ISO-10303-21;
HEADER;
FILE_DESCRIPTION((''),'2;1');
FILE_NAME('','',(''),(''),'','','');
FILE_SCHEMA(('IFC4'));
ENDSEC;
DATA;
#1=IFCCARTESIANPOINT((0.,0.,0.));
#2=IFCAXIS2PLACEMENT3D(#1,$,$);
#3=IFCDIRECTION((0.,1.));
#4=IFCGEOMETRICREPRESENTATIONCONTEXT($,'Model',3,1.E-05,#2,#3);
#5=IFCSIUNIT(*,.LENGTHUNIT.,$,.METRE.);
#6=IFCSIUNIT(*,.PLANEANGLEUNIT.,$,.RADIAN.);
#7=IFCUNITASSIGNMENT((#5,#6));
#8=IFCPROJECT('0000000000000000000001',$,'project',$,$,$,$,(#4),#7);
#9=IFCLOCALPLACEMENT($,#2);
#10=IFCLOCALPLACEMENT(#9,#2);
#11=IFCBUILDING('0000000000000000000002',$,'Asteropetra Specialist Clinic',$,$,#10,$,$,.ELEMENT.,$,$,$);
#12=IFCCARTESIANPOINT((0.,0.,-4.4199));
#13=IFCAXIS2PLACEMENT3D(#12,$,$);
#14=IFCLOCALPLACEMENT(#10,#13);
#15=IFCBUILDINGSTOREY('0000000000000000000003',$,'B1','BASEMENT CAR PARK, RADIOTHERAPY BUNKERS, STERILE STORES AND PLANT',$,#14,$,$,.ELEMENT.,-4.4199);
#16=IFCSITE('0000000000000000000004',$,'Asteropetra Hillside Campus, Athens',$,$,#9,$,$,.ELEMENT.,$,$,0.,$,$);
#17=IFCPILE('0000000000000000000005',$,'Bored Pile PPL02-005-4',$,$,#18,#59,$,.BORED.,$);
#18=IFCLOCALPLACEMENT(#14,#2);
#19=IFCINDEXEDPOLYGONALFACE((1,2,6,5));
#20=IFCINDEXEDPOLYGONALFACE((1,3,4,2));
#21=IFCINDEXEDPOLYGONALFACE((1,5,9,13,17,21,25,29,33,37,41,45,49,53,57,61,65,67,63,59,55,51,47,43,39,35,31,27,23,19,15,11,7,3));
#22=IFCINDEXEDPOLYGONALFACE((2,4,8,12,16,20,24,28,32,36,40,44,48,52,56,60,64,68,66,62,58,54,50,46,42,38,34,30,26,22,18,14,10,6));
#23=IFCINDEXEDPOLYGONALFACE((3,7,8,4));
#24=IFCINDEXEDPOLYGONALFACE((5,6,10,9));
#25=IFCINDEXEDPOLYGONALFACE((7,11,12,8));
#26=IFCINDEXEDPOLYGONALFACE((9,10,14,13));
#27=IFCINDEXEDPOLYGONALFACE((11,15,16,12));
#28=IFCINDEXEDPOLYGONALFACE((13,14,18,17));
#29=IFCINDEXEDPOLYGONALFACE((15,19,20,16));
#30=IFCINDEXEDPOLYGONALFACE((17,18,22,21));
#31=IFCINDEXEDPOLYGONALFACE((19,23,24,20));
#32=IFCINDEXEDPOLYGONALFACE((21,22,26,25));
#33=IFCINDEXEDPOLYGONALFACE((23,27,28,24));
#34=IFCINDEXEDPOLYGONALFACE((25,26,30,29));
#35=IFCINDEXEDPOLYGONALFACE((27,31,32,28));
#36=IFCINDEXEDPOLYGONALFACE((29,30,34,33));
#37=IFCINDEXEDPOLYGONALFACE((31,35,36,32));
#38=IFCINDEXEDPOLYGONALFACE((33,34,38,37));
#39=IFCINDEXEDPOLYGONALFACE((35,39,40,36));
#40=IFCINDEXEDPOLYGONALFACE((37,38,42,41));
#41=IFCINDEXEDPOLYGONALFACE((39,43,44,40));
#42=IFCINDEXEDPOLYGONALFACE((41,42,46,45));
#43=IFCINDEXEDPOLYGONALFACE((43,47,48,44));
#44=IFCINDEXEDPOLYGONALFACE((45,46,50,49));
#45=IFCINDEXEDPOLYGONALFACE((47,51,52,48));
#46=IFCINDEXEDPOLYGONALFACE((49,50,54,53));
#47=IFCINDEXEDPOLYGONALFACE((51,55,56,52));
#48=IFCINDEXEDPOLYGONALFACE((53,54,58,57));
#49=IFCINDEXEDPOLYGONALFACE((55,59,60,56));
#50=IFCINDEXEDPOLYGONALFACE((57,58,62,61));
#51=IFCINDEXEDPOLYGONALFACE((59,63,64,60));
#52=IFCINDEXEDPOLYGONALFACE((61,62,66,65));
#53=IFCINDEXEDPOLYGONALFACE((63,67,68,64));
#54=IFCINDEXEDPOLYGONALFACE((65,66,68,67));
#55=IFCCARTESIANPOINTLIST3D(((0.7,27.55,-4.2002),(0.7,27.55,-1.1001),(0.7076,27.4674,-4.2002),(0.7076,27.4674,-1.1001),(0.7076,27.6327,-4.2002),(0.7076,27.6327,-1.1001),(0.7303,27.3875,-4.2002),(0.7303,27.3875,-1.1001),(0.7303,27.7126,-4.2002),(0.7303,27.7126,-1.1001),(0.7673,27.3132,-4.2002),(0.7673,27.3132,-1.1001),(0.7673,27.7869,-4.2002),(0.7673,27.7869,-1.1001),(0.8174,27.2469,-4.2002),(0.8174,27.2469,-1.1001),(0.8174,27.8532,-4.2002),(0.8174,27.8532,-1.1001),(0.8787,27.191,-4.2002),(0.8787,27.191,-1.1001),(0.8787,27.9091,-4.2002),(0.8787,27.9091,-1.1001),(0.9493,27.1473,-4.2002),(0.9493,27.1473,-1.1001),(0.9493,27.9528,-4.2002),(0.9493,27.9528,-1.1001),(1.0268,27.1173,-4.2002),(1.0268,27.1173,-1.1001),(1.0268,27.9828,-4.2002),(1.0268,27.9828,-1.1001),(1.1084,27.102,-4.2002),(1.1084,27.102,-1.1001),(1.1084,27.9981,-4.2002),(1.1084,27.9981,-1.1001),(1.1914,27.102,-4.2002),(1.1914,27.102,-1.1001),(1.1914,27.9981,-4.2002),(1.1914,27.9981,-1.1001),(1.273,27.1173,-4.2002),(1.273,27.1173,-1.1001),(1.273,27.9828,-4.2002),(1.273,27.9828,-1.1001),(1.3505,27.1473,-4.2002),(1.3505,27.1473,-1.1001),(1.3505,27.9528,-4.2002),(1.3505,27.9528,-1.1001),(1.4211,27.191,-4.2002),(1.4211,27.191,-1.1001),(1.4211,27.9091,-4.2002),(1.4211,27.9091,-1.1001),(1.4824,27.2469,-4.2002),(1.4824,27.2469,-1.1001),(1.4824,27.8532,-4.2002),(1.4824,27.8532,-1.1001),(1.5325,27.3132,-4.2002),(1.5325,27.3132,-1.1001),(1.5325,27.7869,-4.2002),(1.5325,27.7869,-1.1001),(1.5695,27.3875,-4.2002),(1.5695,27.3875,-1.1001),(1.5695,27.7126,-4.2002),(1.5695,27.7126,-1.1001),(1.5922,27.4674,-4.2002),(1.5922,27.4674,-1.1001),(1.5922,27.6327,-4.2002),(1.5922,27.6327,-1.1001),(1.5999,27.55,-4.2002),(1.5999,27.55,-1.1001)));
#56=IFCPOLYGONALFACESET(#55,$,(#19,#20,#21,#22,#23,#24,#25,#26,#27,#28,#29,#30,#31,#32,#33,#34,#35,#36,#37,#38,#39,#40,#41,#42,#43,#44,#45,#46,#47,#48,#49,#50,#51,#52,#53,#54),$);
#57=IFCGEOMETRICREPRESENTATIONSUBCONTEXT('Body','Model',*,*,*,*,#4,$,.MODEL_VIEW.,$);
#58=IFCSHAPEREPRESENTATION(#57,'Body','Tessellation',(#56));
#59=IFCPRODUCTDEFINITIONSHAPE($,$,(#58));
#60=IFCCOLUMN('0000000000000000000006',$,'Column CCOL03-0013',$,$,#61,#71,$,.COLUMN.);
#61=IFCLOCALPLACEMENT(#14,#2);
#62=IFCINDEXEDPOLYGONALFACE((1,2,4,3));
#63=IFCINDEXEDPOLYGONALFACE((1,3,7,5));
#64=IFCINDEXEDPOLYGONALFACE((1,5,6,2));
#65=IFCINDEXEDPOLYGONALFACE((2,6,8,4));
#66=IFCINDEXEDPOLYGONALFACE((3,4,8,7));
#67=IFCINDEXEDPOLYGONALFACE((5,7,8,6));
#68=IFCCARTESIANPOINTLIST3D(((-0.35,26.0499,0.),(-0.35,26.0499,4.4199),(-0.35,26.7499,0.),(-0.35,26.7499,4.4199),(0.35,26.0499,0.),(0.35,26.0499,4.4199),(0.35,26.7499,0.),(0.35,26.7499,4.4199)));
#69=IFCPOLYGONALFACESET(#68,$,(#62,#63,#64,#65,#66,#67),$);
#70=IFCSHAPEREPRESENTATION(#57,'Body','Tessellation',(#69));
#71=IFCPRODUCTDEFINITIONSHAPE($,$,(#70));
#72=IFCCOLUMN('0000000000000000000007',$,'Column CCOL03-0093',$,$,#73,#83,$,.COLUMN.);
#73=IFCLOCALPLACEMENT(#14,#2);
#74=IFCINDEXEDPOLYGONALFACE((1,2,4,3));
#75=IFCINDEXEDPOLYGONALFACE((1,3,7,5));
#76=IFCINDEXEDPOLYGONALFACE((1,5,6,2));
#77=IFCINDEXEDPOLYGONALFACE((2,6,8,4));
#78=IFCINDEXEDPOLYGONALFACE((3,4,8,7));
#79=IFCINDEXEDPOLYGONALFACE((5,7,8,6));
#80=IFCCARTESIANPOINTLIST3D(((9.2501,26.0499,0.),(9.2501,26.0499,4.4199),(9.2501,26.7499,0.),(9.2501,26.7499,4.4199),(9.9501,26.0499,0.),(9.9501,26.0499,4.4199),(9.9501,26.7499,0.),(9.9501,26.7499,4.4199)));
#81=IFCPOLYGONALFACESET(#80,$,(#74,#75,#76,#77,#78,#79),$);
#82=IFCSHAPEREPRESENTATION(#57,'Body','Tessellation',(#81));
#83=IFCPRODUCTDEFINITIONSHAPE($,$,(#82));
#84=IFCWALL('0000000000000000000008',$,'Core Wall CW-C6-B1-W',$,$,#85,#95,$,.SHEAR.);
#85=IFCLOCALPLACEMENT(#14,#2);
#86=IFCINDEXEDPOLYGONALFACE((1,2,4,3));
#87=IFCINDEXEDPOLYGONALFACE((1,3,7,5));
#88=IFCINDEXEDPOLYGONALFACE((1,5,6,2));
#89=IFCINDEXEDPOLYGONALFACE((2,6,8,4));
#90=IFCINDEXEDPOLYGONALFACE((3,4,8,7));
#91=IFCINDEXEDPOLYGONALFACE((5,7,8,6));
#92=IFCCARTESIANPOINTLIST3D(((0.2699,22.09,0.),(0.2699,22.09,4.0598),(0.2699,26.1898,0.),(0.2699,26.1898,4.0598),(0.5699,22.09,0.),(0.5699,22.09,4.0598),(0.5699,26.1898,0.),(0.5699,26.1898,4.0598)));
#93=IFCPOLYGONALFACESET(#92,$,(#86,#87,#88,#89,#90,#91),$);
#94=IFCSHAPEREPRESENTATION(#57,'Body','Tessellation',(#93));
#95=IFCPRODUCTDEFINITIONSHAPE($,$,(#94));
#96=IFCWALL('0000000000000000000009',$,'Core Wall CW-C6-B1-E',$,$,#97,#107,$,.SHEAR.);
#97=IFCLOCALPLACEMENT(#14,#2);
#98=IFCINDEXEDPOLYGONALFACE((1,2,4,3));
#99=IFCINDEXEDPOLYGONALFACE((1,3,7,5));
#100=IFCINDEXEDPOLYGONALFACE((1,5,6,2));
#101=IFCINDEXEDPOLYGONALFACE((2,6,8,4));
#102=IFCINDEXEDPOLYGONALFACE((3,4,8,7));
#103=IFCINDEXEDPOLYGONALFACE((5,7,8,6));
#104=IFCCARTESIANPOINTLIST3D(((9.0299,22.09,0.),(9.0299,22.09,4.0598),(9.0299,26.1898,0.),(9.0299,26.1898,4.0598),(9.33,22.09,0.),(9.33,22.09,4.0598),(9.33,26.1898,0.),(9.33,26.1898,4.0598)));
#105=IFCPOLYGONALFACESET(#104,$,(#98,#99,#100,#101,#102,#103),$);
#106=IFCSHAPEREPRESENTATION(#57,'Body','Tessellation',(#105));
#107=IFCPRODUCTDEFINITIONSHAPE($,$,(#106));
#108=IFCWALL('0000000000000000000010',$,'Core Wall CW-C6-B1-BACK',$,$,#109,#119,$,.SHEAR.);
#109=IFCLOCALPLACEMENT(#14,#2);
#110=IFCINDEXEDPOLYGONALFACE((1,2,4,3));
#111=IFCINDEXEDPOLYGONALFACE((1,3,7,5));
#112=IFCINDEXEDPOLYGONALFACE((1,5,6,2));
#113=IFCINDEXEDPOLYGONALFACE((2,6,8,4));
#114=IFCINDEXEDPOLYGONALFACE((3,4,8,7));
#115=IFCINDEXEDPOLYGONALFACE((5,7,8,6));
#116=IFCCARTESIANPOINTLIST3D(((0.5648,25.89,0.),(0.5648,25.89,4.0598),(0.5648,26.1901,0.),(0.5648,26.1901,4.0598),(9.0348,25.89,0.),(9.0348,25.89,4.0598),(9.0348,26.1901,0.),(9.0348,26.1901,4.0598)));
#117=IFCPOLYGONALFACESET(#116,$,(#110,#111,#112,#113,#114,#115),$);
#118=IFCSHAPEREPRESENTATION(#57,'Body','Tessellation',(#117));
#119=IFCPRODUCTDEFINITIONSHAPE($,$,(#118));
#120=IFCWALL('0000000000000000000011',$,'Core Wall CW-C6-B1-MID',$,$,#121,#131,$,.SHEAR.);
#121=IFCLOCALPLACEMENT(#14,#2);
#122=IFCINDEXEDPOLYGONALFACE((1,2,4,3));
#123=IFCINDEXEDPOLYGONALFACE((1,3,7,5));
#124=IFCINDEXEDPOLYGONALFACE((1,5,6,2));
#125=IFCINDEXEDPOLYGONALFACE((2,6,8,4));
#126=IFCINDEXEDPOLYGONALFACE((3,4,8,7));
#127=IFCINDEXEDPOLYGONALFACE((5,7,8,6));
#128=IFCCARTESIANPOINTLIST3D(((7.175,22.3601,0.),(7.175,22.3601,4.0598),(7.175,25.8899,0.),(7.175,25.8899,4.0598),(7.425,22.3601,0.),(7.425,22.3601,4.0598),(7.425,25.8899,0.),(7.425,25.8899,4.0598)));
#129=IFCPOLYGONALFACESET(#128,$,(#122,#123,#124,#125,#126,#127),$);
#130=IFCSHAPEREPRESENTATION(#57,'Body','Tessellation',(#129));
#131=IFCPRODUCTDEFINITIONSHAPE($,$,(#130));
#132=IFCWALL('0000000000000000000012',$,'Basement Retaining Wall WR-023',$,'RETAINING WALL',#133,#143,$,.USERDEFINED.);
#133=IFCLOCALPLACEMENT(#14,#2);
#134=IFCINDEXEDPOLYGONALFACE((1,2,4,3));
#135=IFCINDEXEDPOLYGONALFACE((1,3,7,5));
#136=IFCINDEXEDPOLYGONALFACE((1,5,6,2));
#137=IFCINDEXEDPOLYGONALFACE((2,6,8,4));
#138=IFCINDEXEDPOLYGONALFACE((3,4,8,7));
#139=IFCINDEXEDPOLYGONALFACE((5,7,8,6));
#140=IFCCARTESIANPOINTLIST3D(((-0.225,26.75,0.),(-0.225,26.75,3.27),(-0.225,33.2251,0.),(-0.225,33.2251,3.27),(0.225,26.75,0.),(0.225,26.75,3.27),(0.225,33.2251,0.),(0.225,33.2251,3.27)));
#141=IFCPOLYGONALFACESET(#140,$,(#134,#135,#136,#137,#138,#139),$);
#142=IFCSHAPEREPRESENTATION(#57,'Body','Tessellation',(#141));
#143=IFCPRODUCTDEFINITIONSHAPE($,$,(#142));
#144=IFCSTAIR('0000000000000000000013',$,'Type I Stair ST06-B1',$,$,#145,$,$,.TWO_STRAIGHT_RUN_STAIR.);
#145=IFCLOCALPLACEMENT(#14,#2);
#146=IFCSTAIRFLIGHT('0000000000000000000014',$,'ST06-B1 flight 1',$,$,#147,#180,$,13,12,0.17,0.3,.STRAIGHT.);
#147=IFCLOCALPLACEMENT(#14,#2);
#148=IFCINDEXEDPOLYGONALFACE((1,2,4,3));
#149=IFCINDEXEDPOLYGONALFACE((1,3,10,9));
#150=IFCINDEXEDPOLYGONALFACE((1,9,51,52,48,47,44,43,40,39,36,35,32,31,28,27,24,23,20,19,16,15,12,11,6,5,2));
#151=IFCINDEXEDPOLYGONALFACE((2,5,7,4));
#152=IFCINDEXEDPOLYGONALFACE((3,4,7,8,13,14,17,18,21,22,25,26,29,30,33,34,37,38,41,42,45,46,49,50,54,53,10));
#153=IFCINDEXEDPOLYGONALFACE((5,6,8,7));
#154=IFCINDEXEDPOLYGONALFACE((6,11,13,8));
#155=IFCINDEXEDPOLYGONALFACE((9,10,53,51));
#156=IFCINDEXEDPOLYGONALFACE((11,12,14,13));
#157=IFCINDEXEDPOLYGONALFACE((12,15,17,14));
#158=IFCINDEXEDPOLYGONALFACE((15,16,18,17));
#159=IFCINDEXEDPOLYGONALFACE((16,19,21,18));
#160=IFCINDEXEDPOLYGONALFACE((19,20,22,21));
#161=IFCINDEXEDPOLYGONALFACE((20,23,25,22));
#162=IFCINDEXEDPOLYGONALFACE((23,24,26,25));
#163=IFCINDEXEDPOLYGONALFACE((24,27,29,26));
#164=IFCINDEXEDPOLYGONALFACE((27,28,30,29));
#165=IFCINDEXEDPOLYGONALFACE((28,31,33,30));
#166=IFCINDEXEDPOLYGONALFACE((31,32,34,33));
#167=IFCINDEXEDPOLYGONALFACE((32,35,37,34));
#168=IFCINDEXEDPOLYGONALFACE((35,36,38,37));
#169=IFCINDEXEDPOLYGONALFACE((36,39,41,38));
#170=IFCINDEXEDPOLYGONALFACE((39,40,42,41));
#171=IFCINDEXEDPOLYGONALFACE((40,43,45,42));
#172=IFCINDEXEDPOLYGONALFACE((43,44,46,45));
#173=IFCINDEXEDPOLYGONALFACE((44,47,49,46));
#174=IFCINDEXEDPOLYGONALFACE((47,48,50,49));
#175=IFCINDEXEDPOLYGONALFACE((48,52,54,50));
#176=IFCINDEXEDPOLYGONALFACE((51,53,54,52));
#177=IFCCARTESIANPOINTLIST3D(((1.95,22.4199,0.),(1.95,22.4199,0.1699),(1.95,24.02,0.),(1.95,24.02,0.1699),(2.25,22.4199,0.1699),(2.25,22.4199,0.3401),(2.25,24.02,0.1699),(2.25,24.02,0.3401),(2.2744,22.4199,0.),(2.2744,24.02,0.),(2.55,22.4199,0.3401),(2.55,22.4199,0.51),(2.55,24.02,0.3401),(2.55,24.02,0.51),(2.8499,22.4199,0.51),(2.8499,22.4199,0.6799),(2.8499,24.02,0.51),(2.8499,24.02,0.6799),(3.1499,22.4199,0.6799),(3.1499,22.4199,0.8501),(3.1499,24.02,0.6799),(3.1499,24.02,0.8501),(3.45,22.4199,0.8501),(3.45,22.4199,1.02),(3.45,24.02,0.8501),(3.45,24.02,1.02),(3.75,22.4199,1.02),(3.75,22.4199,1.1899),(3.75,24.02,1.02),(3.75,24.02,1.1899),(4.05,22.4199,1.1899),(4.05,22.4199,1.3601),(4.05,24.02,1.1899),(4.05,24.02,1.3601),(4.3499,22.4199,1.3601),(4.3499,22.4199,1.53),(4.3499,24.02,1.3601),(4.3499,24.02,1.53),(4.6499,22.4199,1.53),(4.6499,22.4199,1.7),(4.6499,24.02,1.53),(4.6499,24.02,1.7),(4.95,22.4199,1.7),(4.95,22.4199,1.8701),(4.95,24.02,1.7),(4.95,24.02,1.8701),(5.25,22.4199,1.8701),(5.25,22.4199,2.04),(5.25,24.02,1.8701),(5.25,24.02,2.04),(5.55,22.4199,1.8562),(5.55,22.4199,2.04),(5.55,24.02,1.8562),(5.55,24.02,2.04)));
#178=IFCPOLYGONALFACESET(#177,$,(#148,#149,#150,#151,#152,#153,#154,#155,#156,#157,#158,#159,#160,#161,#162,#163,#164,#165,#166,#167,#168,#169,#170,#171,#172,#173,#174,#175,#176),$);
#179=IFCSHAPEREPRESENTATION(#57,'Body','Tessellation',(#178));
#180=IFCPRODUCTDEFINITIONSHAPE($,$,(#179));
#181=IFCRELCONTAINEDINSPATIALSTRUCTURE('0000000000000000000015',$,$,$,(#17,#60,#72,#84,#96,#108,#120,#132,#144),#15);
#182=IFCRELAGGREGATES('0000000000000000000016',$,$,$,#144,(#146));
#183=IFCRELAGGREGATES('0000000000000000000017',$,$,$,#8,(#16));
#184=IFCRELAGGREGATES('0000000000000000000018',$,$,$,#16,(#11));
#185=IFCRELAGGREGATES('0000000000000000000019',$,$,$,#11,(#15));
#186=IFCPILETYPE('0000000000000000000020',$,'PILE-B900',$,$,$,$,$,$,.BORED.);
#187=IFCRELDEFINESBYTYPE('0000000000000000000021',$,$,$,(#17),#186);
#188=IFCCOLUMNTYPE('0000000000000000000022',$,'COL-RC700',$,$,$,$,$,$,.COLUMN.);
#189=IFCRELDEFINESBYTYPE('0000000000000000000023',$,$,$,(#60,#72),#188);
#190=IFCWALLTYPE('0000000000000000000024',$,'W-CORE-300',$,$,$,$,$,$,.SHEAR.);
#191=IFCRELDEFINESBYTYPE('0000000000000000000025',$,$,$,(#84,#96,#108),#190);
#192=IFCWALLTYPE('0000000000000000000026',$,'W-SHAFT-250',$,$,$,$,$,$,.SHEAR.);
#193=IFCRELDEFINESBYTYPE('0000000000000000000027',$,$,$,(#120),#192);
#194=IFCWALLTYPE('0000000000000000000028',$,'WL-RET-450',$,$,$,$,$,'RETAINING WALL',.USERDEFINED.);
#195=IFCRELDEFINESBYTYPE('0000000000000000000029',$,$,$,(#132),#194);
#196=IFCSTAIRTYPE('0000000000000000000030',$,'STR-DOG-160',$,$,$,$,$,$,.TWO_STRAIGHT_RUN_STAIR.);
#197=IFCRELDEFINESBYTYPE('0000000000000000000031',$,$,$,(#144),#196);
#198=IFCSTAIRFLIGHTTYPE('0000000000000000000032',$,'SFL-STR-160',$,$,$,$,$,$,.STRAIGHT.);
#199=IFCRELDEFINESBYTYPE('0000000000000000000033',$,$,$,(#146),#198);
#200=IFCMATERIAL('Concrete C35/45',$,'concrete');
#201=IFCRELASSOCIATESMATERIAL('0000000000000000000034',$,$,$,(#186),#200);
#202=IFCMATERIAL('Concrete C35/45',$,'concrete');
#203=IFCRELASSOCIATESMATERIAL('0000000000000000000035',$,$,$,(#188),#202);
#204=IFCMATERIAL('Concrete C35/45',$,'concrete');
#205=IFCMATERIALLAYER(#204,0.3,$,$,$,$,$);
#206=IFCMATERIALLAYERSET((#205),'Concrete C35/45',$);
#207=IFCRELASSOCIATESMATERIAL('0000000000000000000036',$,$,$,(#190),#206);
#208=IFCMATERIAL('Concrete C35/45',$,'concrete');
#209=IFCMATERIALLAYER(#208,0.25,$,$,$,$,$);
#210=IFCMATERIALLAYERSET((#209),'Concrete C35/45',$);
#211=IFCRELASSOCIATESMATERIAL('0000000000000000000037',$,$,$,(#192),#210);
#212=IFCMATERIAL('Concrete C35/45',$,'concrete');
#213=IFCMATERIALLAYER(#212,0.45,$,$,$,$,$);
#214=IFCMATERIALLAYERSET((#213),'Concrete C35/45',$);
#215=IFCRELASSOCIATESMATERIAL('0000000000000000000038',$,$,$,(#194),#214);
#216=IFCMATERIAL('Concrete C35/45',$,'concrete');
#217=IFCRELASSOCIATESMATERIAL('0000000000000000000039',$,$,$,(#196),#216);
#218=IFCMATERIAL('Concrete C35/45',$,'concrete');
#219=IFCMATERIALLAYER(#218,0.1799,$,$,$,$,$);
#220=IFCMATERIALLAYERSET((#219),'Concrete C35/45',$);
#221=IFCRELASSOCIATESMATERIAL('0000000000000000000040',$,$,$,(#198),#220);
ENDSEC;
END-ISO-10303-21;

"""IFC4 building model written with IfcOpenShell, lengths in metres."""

from ifc_helpers import new_model, si_unit, direction, frame, frame_2d, origin, origin_2d, place, context, subcontext, project, spatial, polyline, rectangle, circle, outline, extrude, material, layer, layer_set, material_profile, profile_set, type_object, element, aggregate, save


model = new_model("IFC4")

# Units and contexts
model_context = context("Model", 3, precision=1e-05, world=origin(), true_north=direction((0.0, 1.0)))
body_context = subcontext(model_context, "Body", "Model", "MODEL_VIEW")
ifc_project = project(units=[si_unit("LENGTHUNIT", "METRE"), si_unit("PLANEANGLEUNIT", "RADIAN")], contexts=[model_context])

# Site, building, storey
site_placement = place(None, origin())
site = spatial("IfcSite", under=ifc_project, at=site_placement, Name="Asteropetra Hillside Campus, Athens", CompositionType="ELEMENT", RefElevation=0.0)
building_placement = place(site_placement, origin())
building = spatial("IfcBuilding", under=site, at=building_placement, Name="Asteropetra Specialist Clinic", CompositionType="ELEMENT")
storey_placement = place(building_placement, frame((0.0, 0.0, -4.4199)))
storey = spatial("IfcBuildingStorey", under=building, at=storey_placement, Name="B1", Description="BASEMENT CAR PARK, RADIOTHERAPY BUNKERS, STERILE STORES AND PLANT", CompositionType="ELEMENT", Elevation=-4.4199)

# Pile
ifc_material_1 = material(Name="Concrete C35/45", Category="concrete")
ifc_material_profile_1 = material_profile(ifc_material_1, circle(Radius=0.45, at=origin_2d()), Name="PILE D900")
ifc_profile_set_1 = profile_set([ifc_material_profile_1], Name="Concrete C35/45")
pile_type = type_object("IfcPileType", Name="PILE-B900", PredefinedType="BORED", material=ifc_profile_set_1)
for number, where, z_axis, x_axis, name in (
    (1, (1.1499, 27.55, -1.1001), (0.0, 0.0, -1.0), (1.0, 0.0, 0.0), "Bored Pile PPL02-005-4"),
):
    element("IfcPile", number, at=place(storey_placement, frame(where, z_axis=z_axis, x_axis=x_axis)), inside=storey, type_object=pile_type, Name=name, PredefinedType="BORED", context=body_context, shape_type="SweptSolid", body=[
        extrude(circle(Radius=0.45, at=origin_2d()), origin(), (0.0, 0.0, 1.0), 3.1001),
    ])

# Columns
ifc_material_2 = material(Name="Concrete C35/45", Category="concrete")
ifc_material_profile_2 = material_profile(ifc_material_2, rectangle(XDim=0.7, YDim=0.7, at=origin_2d()), Name="RC 700x700")
ifc_profile_set_2 = profile_set([ifc_material_profile_2], Name="Concrete C35/45")
column_type = type_object("IfcColumnType", Name="COL-RC700", PredefinedType="COLUMN", material=ifc_profile_set_2)
for number, where, z_axis, x_axis, name in (
    (2, (0.0, 26.3999, 0.0), (0.0, 0.0, 1.0), (1.0, 0.0, 0.0), "Column CCOL03-0013"),
    (3, (9.6001, 26.3999, 0.0), (0.0, 0.0, 1.0), (1.0, 0.0, 0.0), "Column CCOL03-0093"),
):
    element("IfcColumn", number, at=place(storey_placement, frame(where, z_axis=z_axis, x_axis=x_axis)), inside=storey, type_object=column_type, Name=name, PredefinedType="COLUMN", context=body_context, shape_type="SweptSolid", body=[
        extrude(rectangle(XDim=0.7, YDim=0.7, at=origin_2d()), origin(), (0.0, 0.0, 1.0), 4.4199),
    ])

# Walls
ifc_material_3 = material(Name="Concrete C35/45", Category="concrete")
ifc_layer_1 = layer(ifc_material_3, 0.3)
ifc_layer_set_1 = layer_set([ifc_layer_1], Name="Concrete C35/45")
wall_type_1 = type_object("IfcWallType", Name="W-CORE-300", PredefinedType="SHEAR", material=ifc_layer_set_1)
for number, where, z_axis, x_axis, name in (
    (4, (0.4199, 22.0901, 0.0), (0.0, 0.0, 1.0), (0.0, 1.0, 0.0), "Core Wall CW-C6-B1-W"),
    (5, (9.1799, 22.0901, 0.0), (0.0, 0.0, 1.0), (0.0, 1.0, 0.0), "Core Wall CW-C6-B1-E"),
):
    element("IfcWall", number, at=place(storey_placement, frame(where, z_axis=z_axis, x_axis=x_axis)), inside=storey, type_object=wall_type_1, Name=name, PredefinedType="SHEAR", context=body_context, shape_type="SweptSolid", body=[
        extrude(rectangle(XDim=4.0999, YDim=0.3, at=frame_2d((2.0498, 0.0))), origin(), (0.0, 0.0, 1.0), 4.0598),
    ])
wall_1_placement = place(storey_placement, frame((0.5649, 26.04, 0.0), z_axis=(0.0, 0.0, 1.0), x_axis=(1.0, 0.0, 0.0)))
element("IfcWall", 6, at=wall_1_placement, inside=storey, type_object=wall_type_1, Name="Core Wall CW-C6-B1-BACK", PredefinedType="SHEAR", context=body_context, shape_type="SweptSolid", body=[
    extrude(rectangle(XDim=8.47, YDim=0.3, at=frame_2d((4.2349, 0.0))), origin(), (0.0, 0.0, 1.0), 4.0598),
])
ifc_material_4 = material(Name="Concrete C35/45", Category="concrete")
ifc_layer_2 = layer(ifc_material_4, 0.25)
ifc_layer_set_2 = layer_set([ifc_layer_2], Name="Concrete C35/45")
wall_type_2 = type_object("IfcWallType", Name="W-SHAFT-250", PredefinedType="SHEAR", material=ifc_layer_set_2)
wall_2_placement = place(storey_placement, frame((7.3, 22.3601, 0.0), z_axis=(0.0, 0.0, 1.0), x_axis=(0.0, 1.0, 0.0)))
element("IfcWall", 7, at=wall_2_placement, inside=storey, type_object=wall_type_2, Name="Core Wall CW-C6-B1-MID", PredefinedType="SHEAR", context=body_context, shape_type="SweptSolid", body=[
    extrude(rectangle(XDim=3.5298, YDim=0.25, at=frame_2d((1.7649, 0.0))), origin(), (0.0, 0.0, 1.0), 4.0598),
])

# Wall
ifc_material_5 = material(Name="Concrete C35/45", Category="concrete")
ifc_layer_3 = layer(ifc_material_5, 0.45)
ifc_layer_set_3 = layer_set([ifc_layer_3], Name="Concrete C35/45")
wall_type_3 = type_object("IfcWallType", Name="WL-RET-450", ElementType="RETAINING WALL", PredefinedType="USERDEFINED", material=ifc_layer_set_3)
wall_3_placement = place(storey_placement, frame((0.0, 26.75, 0.0), z_axis=(0.0, 0.0, 1.0), x_axis=(0.0, 1.0, 0.0)))
element("IfcWall", 8, at=wall_3_placement, inside=storey, type_object=wall_type_3, Name="Basement Retaining Wall WR-023", ObjectType="RETAINING WALL", PredefinedType="USERDEFINED", context=body_context, shape_type="SweptSolid", body=[
    extrude(rectangle(XDim=6.4751, YDim=0.45, at=frame_2d((3.2375, 0.0))), origin(), (0.0, 0.0, 1.0), 3.27),
])

# Stair, stair flight
ifc_material_6 = material(Name="Concrete C35/45", Category="concrete")
stair_type = type_object("IfcStairType", Name="STR-DOG-160", PredefinedType="TWO_STRAIGHT_RUN_STAIR", material=ifc_material_6)
stair_placement = place(storey_placement, origin())
stair = element("IfcStair", 9, at=stair_placement, inside=storey, type_object=stair_type, Name="Type I Stair ST06-B1", PredefinedType="TWO_STRAIGHT_RUN_STAIR")
ifc_material_7 = material(Name="Concrete C35/45", Category="concrete")
ifc_layer_4 = layer(ifc_material_7, 0.1799)
ifc_layer_set_4 = layer_set([ifc_layer_4], Name="Concrete C35/45")
stair_flight_type = type_object("IfcStairFlightType", Name="SFL-STR-160", PredefinedType="STRAIGHT", material=ifc_layer_set_4)
stair_flight_1_placement = place(storey_placement, frame((1.95, 23.22, 0.0), z_axis=(0.0, 0.0, 1.0), x_axis=(1.0, 0.0, 0.0)))
stair_flight_1 = element("IfcStairFlight", 10, at=stair_flight_1_placement, type_object=stair_flight_type, Name="ST06-B1 flight 1", NumberOfRisers=13, NumberOfTreads=12, PredefinedType="STRAIGHT", RiserHeight=0.17, TreadLength=0.3, context=body_context, shape_type="SweptSolid", body=[
    extrude(outline(polyline([(0.0, 0.0), (0.0, 0.1699), (0.3, 0.1699), (0.3, 0.3401), (0.6001, 0.3401), (0.6001, 0.51), (0.8999, 0.51), (0.8999, 0.6799), (1.2, 0.6799), (1.2, 0.8501), (1.5, 0.8501), (1.5, 1.02), (1.8, 1.02), (1.8, 1.1899), (2.1001, 1.1899), (2.1001, 1.3601), (2.3999, 1.3601), (2.3999, 1.53), (2.7, 1.53), (2.7, 1.7), (3.0, 1.7), (3.0, 1.8701), (3.3, 1.8701), (3.3, 2.04), (3.6001, 2.04), (3.6001, 2.21), (3.6001, 1.8562), (0.3245, 0.0), (0.0, 0.0)])), frame((0.0, 0.8, 0.0), z_axis=(0.0, -1.0, 0.0), x_axis=(1.0, 0.0, 0.0)), (0.0, 0.0, 1.0), 1.6001),
])
aggregate(stair, [stair_flight_1])

save(model, "model.ifc")
